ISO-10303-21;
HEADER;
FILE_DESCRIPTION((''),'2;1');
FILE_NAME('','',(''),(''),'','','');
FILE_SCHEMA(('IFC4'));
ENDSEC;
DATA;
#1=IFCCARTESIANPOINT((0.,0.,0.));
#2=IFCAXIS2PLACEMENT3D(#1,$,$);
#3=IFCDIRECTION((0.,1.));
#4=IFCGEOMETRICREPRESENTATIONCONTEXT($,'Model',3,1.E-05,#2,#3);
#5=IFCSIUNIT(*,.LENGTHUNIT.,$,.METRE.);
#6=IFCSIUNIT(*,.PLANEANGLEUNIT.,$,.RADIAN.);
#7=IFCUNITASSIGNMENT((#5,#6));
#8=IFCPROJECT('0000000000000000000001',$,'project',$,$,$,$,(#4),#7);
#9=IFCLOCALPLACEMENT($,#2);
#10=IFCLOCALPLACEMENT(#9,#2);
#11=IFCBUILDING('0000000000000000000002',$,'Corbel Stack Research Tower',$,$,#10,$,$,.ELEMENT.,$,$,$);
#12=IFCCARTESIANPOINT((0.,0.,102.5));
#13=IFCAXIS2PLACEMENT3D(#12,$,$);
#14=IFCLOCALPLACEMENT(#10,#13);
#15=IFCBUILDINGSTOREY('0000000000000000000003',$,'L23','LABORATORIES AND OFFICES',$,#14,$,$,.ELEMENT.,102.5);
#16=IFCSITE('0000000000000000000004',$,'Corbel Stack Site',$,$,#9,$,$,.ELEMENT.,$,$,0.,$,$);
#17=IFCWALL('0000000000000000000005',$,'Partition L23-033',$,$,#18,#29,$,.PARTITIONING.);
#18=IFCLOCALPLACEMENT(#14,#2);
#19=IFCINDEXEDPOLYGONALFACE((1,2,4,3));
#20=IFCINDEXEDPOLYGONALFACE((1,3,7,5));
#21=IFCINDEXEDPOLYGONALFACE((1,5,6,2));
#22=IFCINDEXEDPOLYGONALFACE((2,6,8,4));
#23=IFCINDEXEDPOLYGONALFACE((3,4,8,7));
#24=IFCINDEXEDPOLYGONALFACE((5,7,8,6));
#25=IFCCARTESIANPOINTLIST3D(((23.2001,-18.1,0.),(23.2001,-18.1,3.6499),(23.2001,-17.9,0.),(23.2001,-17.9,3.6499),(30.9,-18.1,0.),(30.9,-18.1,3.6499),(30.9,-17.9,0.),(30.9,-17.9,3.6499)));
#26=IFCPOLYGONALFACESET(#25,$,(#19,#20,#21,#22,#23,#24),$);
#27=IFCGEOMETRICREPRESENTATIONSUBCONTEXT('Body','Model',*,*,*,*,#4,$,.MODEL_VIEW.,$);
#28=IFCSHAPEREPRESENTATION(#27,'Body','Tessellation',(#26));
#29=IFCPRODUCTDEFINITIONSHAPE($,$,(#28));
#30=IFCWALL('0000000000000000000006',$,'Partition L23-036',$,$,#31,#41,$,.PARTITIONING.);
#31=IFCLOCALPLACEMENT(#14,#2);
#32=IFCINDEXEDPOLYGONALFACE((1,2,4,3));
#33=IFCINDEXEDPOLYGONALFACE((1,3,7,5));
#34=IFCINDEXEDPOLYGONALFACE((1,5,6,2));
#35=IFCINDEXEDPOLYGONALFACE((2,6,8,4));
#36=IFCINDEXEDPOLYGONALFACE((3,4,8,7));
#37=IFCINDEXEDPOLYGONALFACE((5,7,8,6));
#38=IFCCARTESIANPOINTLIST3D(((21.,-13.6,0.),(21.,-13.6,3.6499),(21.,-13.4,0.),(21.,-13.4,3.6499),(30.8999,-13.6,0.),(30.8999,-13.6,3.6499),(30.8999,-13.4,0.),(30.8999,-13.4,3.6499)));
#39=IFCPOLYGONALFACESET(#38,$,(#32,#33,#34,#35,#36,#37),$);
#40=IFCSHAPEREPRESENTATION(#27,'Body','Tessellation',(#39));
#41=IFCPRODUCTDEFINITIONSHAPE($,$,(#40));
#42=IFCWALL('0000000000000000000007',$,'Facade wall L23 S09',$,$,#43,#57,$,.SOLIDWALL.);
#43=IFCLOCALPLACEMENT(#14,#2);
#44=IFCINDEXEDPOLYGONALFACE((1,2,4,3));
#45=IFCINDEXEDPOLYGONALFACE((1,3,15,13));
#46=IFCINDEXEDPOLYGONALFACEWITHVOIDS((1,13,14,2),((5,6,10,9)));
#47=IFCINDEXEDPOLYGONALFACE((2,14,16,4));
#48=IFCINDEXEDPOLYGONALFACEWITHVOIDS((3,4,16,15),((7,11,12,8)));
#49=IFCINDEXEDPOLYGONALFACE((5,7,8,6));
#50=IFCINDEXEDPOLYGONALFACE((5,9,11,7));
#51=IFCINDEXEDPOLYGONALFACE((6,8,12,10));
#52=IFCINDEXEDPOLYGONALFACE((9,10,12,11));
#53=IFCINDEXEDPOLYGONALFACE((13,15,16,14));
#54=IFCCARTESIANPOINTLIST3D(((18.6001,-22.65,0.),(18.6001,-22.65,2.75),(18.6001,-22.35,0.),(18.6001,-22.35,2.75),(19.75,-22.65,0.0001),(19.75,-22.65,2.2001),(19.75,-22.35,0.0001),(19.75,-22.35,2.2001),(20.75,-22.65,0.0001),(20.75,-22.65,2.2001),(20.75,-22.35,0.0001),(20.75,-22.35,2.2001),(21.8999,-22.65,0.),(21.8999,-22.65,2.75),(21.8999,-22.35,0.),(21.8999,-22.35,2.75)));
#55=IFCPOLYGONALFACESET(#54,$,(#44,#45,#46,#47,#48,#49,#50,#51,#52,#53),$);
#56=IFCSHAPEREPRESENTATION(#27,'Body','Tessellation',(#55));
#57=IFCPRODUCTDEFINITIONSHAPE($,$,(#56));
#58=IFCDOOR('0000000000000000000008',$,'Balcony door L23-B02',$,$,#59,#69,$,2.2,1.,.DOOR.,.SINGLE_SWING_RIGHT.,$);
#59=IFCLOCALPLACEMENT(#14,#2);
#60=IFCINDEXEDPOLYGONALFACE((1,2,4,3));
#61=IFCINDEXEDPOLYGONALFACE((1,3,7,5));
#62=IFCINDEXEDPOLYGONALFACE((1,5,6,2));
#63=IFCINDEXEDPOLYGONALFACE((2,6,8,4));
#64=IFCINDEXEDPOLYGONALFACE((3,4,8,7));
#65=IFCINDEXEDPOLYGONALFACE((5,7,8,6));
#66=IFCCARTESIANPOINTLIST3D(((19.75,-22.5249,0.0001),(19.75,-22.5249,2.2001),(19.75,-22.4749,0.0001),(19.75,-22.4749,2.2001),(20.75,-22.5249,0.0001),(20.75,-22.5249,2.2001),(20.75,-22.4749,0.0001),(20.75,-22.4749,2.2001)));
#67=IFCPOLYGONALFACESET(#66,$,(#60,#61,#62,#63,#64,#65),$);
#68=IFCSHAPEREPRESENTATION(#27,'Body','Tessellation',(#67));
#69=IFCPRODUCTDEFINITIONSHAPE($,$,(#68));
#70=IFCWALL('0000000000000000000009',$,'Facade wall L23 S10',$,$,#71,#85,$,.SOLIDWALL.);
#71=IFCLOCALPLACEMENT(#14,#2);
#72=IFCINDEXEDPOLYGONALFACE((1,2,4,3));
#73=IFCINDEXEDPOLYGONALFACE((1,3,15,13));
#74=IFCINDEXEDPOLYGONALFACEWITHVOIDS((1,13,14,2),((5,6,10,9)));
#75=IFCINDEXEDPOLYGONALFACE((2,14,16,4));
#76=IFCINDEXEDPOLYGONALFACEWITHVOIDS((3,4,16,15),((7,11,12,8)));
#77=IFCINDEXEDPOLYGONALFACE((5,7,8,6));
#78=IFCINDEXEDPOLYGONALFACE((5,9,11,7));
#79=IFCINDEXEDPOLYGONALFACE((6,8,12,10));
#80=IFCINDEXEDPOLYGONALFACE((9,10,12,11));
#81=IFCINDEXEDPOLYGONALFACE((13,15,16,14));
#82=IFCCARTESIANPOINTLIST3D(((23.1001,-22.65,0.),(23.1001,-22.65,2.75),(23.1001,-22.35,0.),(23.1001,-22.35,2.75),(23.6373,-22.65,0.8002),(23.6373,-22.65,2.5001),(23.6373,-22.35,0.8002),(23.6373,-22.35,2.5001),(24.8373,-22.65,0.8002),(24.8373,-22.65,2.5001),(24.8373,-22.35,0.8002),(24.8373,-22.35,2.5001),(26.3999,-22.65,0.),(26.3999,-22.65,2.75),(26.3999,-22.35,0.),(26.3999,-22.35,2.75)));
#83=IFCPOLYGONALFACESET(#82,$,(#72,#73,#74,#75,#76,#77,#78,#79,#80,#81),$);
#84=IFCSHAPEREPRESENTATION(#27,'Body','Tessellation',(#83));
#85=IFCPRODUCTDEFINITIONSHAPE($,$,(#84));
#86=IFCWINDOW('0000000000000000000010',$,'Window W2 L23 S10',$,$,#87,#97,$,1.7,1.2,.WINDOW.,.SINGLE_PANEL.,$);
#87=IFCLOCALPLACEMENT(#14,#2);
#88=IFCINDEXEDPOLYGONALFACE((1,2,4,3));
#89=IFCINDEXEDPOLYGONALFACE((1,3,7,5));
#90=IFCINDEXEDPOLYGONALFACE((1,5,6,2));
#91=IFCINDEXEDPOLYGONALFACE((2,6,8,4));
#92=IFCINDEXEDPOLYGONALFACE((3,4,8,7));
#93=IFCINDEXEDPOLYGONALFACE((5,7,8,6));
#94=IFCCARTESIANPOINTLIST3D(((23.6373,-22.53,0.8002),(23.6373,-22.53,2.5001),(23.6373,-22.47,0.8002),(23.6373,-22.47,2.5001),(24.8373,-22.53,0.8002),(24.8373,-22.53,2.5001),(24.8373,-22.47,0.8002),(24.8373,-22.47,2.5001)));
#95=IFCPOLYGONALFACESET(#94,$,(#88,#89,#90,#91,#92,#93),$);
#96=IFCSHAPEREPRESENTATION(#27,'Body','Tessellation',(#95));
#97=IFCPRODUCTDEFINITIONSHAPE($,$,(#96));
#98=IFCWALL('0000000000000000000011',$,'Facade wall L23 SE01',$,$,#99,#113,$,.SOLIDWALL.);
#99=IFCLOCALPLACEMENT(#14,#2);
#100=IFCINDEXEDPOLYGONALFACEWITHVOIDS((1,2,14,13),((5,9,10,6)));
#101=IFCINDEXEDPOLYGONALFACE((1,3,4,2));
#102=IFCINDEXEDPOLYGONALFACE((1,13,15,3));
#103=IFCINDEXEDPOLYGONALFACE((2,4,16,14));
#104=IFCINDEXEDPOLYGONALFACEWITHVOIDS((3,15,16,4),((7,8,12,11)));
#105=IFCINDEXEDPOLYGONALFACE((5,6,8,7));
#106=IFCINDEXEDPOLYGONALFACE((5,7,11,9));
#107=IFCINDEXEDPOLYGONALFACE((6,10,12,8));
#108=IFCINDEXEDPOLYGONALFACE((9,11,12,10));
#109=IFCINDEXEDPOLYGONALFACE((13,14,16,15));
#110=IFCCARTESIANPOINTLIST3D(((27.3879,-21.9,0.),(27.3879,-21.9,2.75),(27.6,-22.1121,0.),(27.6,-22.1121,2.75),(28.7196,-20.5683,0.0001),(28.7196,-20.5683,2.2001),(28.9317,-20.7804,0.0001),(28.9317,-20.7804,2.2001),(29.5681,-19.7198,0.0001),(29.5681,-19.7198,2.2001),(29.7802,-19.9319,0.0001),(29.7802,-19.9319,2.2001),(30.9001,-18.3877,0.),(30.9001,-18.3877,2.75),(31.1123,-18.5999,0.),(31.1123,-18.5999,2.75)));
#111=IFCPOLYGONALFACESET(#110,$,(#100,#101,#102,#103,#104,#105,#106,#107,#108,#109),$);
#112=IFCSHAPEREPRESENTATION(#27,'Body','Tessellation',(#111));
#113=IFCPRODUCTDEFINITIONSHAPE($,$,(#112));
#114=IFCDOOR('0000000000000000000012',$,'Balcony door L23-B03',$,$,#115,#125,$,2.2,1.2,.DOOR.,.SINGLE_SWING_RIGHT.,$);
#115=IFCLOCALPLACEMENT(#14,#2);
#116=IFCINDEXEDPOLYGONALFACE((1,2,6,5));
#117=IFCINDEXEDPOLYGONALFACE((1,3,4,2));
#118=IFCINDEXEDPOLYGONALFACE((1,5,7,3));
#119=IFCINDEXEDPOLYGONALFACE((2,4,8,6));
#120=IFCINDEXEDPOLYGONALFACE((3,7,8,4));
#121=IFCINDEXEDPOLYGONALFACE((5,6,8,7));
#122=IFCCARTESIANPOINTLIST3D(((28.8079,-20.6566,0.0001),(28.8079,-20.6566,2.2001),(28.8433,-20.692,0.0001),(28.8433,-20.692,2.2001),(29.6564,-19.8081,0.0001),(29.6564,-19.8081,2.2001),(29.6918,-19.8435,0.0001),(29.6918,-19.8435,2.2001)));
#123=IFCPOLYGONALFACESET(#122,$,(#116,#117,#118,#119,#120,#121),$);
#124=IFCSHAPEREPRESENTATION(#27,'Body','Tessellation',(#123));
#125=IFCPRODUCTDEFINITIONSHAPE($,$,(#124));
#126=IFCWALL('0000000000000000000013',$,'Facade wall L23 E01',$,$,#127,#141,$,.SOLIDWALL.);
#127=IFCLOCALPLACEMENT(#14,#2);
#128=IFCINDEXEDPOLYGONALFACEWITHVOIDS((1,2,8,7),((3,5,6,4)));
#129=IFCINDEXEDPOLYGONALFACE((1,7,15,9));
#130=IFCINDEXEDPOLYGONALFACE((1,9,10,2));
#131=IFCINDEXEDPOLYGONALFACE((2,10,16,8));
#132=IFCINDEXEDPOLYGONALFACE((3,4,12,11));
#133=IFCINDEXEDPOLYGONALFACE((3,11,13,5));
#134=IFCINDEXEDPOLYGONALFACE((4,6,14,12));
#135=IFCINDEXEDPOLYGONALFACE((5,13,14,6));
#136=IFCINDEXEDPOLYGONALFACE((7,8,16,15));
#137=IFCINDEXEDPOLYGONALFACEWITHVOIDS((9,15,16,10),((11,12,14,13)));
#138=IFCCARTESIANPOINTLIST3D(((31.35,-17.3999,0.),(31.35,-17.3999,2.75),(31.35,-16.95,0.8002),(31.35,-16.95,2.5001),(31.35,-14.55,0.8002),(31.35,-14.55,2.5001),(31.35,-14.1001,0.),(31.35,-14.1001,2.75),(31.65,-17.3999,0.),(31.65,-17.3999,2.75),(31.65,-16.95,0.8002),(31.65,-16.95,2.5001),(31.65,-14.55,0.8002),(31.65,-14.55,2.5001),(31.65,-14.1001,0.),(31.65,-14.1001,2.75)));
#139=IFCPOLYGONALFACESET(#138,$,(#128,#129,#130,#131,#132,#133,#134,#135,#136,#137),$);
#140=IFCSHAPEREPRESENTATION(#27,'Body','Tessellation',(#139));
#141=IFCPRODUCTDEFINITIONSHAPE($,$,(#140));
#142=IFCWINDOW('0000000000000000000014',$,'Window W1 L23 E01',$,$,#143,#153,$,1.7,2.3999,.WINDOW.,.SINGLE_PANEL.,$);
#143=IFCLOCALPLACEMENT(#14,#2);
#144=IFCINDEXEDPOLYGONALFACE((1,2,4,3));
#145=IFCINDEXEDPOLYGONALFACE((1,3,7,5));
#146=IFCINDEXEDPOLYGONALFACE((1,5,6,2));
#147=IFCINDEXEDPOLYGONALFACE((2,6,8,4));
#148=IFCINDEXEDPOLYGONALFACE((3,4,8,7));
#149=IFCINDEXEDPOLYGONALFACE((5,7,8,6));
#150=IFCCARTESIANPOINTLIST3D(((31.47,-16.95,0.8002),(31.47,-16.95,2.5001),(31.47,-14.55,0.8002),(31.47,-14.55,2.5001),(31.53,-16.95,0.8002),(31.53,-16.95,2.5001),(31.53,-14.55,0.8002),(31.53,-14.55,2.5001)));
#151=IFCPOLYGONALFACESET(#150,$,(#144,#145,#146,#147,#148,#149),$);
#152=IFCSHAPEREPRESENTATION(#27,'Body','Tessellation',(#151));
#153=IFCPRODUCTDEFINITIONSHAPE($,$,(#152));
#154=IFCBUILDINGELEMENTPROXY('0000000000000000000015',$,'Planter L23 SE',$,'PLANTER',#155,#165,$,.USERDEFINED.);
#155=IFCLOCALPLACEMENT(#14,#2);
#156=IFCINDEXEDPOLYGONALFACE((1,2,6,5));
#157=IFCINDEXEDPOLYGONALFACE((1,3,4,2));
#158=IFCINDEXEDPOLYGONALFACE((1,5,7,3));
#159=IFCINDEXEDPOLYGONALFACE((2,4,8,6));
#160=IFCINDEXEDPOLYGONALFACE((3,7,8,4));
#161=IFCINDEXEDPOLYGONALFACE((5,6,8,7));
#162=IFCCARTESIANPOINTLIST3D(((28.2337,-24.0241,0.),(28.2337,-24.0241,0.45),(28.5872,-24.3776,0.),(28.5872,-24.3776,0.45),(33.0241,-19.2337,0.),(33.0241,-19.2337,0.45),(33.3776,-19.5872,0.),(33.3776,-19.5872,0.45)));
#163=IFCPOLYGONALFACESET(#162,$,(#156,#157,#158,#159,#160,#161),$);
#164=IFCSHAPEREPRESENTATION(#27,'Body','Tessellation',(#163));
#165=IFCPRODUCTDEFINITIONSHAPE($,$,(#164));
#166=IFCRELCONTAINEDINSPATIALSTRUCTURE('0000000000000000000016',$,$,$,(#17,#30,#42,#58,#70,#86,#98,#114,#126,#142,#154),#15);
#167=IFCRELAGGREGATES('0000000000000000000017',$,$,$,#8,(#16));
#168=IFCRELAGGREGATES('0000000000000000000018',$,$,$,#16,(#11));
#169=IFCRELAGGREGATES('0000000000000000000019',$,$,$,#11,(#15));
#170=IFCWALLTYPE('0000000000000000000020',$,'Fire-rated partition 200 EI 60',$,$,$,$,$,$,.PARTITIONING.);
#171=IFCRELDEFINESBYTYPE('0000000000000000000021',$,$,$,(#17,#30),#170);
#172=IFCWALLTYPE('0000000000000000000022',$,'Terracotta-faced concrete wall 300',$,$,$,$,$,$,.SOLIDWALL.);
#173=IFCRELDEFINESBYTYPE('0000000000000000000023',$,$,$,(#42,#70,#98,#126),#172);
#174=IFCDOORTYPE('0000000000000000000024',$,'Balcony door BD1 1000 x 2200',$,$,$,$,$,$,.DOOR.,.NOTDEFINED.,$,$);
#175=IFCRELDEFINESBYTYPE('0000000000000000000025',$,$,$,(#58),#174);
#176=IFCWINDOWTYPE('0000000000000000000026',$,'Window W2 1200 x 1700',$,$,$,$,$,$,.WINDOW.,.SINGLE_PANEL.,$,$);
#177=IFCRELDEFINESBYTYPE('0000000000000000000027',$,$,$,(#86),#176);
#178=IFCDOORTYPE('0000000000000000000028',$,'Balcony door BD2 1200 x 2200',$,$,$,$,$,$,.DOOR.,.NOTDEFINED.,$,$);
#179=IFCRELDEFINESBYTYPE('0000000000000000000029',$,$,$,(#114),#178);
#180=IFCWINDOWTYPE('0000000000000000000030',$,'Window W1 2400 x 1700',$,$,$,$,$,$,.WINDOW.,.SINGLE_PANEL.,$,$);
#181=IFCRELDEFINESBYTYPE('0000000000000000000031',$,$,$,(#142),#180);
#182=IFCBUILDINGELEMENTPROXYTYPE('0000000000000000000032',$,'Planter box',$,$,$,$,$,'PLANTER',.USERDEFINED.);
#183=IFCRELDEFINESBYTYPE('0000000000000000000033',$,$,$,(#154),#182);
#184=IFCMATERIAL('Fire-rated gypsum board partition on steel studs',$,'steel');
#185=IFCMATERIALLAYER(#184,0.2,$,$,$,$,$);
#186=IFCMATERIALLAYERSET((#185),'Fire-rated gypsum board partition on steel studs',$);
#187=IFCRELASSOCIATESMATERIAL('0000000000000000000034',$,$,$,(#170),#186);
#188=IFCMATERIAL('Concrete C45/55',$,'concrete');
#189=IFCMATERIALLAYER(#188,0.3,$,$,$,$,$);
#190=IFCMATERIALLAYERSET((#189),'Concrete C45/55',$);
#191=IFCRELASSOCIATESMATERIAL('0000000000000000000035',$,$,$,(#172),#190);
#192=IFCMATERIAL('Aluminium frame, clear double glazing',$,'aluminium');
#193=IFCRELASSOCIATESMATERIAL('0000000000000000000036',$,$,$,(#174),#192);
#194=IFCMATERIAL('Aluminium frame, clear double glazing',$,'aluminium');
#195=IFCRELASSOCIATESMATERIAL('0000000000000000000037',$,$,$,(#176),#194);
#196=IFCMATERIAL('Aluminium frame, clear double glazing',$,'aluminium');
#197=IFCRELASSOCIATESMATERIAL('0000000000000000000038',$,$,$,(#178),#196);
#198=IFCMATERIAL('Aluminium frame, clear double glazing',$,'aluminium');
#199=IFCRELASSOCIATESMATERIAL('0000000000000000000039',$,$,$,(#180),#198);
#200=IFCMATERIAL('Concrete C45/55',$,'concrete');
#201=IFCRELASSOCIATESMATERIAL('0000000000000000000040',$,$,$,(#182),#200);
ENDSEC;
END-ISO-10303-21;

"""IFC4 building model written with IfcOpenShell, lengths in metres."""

from ifc_helpers import new_model, si_unit, direction, frame, frame_2d, origin, origin_2d, place, context, subcontext, project, spatial, rectangle, extrude, material, layer, layer_set, type_object, element, fill, save


model = new_model("IFC4")

# Units and contexts
model_context = context("Model", 3, precision=1e-05, world=origin(), true_north=direction((0.0, 1.0)))
body_context = subcontext(model_context, "Body", "Model", "MODEL_VIEW")
ifc_project = project(units=[si_unit("LENGTHUNIT", "METRE"), si_unit("PLANEANGLEUNIT", "RADIAN")], contexts=[model_context])

# Site, building, storey
site_placement = place(None, origin())
site = spatial("IfcSite", under=ifc_project, at=site_placement, Name="Corbel Stack Site", CompositionType="ELEMENT", RefElevation=0.0)
building_placement = place(site_placement, origin())
building = spatial("IfcBuilding", under=site, at=building_placement, Name="Corbel Stack Research Tower", CompositionType="ELEMENT")
storey_placement = place(building_placement, frame((0.0, 0.0, 102.5)))
storey = spatial("IfcBuildingStorey", under=building, at=storey_placement, Name="L23", Description="LABORATORIES AND OFFICES", CompositionType="ELEMENT", Elevation=102.5)

# Shared definitions
ifc_material_1 = material(Name="Fire-rated gypsum board partition on steel studs", Category="steel")
ifc_layer_1 = layer(ifc_material_1, 0.2)
ifc_layer_set_1 = layer_set([ifc_layer_1], Name="Fire-rated gypsum board partition on steel studs")
wall_type_1 = type_object("IfcWallType", Name="Fire-rated partition 200 EI 60", PredefinedType="PARTITIONING", material=ifc_layer_set_1)

# Walls
wall_1_placement = place(storey_placement, frame((23.2, -18.0, 0.0), z_axis=(0.0, 0.0, 1.0), x_axis=(1.0, 0.0, 0.0)))
element("IfcWall", 1, at=wall_1_placement, inside=storey, type_object=wall_type_1, Name="Partition L23-033", PredefinedType="PARTITIONING", context=body_context, shape_type="SweptSolid", body=[
    extrude(rectangle(XDim=7.7, YDim=0.2, at=frame_2d((3.8501, 0.0))), origin(), (0.0, 0.0, 1.0), 3.6499),
])
wall_2_placement = place(storey_placement, frame((21.0, -13.5, 0.0), z_axis=(0.0, 0.0, 1.0), x_axis=(1.0, 0.0, 0.0)))
element("IfcWall", 2, at=wall_2_placement, inside=storey, type_object=wall_type_1, Name="Partition L23-036", PredefinedType="PARTITIONING", context=body_context, shape_type="SweptSolid", body=[
    extrude(rectangle(XDim=9.8999, YDim=0.2, at=frame_2d((4.95, 0.0))), origin(), (0.0, 0.0, 1.0), 3.6499),
])

# Wall, opening, door
ifc_material_2 = material(Name="Concrete C45/55", Category="concrete")
ifc_layer_2 = layer(ifc_material_2, 0.3)
ifc_layer_set_2 = layer_set([ifc_layer_2], Name="Concrete C45/55")
wall_type_2 = type_object("IfcWallType", Name="Terracotta-faced concrete wall 300", PredefinedType="SOLIDWALL", material=ifc_layer_set_2)
wall_3_placement = place(storey_placement, frame((21.8999, -22.5, 0.0), z_axis=(0.0, 0.0, 1.0), x_axis=(-1.0, 0.0, 0.0)))
wall_3 = element("IfcWall", 3, at=wall_3_placement, inside=storey, type_object=wall_type_2, Name="Facade wall L23 S09", PredefinedType="SOLIDWALL", context=body_context, shape_type="SweptSolid", body=[
    extrude(rectangle(XDim=3.2998, YDim=0.3, at=frame_2d((1.6499, 0.0))), origin(), (0.0, 0.0, 1.0), 2.75),
])
opening_1_placement = place(wall_3_placement, frame((1.1499, 0.0, 0.0)))
opening_1 = element("IfcOpeningElement", 4, at=opening_1_placement, cuts=wall_3, PredefinedType="OPENING", context=body_context, shape_type="SweptSolid", body=[
    extrude(rectangle(XDim=1.0, YDim=2.2, at=frame_2d((0.5, 1.1001))), frame((0.0, 0.1599, 0.0), z_axis=(0.0, -1.0, 0.0), x_axis=(1.0, 0.0, 0.0)), (0.0, 0.0, 1.0), 0.3201),
])
ifc_material_3 = material(Name="Aluminium frame, clear double glazing", Category="aluminium")
door_type_1 = type_object("IfcDoorType", Name="Balcony door BD1 1000 x 2200", OperationType="NOTDEFINED", PredefinedType="DOOR", material=ifc_material_3)
door_1_placement = place(opening_1_placement, origin())
door_1 = element("IfcDoor", 5, at=door_1_placement, inside=storey, type_object=door_type_1, Name="Balcony door L23-B02", OperationType="SINGLE_SWING_RIGHT", OverallHeight=2.2, OverallWidth=1.0, PredefinedType="DOOR", context=body_context, shape_type="SweptSolid", body=[
    extrude(rectangle(XDim=1.0, YDim=2.2, at=frame_2d((0.5, 1.1001))), frame((0.0, 0.0249, 0.0), z_axis=(0.0, -1.0, 0.0), x_axis=(1.0, 0.0, 0.0)), (0.0, 0.0, 1.0), 0.05),
])
fill(opening_1, door_1)

# Wall, opening, window
wall_4_placement = place(storey_placement, frame((26.3999, -22.5, 0.0), z_axis=(0.0, 0.0, 1.0), x_axis=(-1.0, 0.0, 0.0)))
wall_4 = element("IfcWall", 6, at=wall_4_placement, inside=storey, type_object=wall_type_2, Name="Facade wall L23 S10", PredefinedType="SOLIDWALL", context=body_context, shape_type="SweptSolid", body=[
    extrude(rectangle(XDim=3.2998, YDim=0.3, at=frame_2d((1.6499, 0.0))), origin(), (0.0, 0.0, 1.0), 2.75),
])
opening_2_placement = place(wall_4_placement, frame((1.5625, 0.0, 0.8)))
opening_2 = element("IfcOpeningElement", 7, at=opening_2_placement, cuts=wall_4, PredefinedType="OPENING", context=body_context, shape_type="SweptSolid", body=[
    extrude(rectangle(XDim=1.2, YDim=1.7, at=frame_2d((0.6001, 0.8501))), frame((0.0, 0.1599, 0.0), z_axis=(0.0, -1.0, 0.0), x_axis=(1.0, 0.0, 0.0)), (0.0, 0.0, 1.0), 0.3201),
])
ifc_material_4 = material(Name="Aluminium frame, clear double glazing", Category="aluminium")
window_type_1 = type_object("IfcWindowType", Name="Window W2 1200 x 1700", PartitioningType="SINGLE_PANEL", PredefinedType="WINDOW", material=ifc_material_4)
window_1_placement = place(opening_2_placement, origin())
window_1 = element("IfcWindow", 8, at=window_1_placement, inside=storey, type_object=window_type_1, Name="Window W2 L23 S10", OverallHeight=1.7, OverallWidth=1.2, PartitioningType="SINGLE_PANEL", PredefinedType="WINDOW", context=body_context, shape_type="SweptSolid", body=[
    extrude(rectangle(XDim=1.2, YDim=1.7, at=frame_2d((0.6001, 0.8501))), frame((0.0, 0.03, 0.0), z_axis=(0.0, -1.0, 0.0), x_axis=(1.0, 0.0, 0.0)), (0.0, 0.0, 1.0), 0.0601),
])
fill(opening_2, window_1)

# Wall, opening, door
wall_5_placement = place(storey_placement, frame((31.0061, -18.4939, 0.0), z_axis=(0.0, 0.0, 1.0), x_axis=(-0.707107, -0.707107, 0.0)))
wall_5 = element("IfcWall", 9, at=wall_5_placement, inside=storey, type_object=wall_type_2, Name="Facade wall L23 SE01", PredefinedType="SOLIDWALL", context=body_context, shape_type="SweptSolid", body=[
    extrude(rectangle(XDim=4.967, YDim=0.3, at=frame_2d((2.4834, 0.0))), origin(), (0.0, 0.0, 1.0), 2.75),
])
opening_3_placement = place(wall_5_placement, frame((1.8835, 0.0, 0.0)))
opening_3 = element("IfcOpeningElement", 10, at=opening_3_placement, cuts=wall_5, PredefinedType="OPENING", context=body_context, shape_type="SweptSolid", body=[
    extrude(rectangle(XDim=1.2, YDim=2.2, at=frame_2d((0.6001, 1.1001))), frame((0.0, 0.1599, 0.0), z_axis=(0.0, -1.0, 0.0), x_axis=(1.0, 0.0, 0.0)), (0.0, 0.0, 1.0), 0.3201),
])
ifc_material_5 = material(Name="Aluminium frame, clear double glazing", Category="aluminium")
door_type_2 = type_object("IfcDoorType", Name="Balcony door BD2 1200 x 2200", OperationType="NOTDEFINED", PredefinedType="DOOR", material=ifc_material_5)
door_2_placement = place(opening_3_placement, origin())
door_2 = element("IfcDoor", 11, at=door_2_placement, inside=storey, type_object=door_type_2, Name="Balcony door L23-B03", OperationType="SINGLE_SWING_RIGHT", OverallHeight=2.2, OverallWidth=1.2, PredefinedType="DOOR", context=body_context, shape_type="SweptSolid", body=[
    extrude(rectangle(XDim=1.2, YDim=2.2, at=frame_2d((0.6001, 1.1001))), frame((0.0, 0.0249, 0.0), z_axis=(0.0, -1.0, 0.0), x_axis=(1.0, 0.0, 0.0)), (0.0, 0.0, 1.0), 0.05),
])
fill(opening_3, door_2)

# Wall, opening, window
wall_6_placement = place(storey_placement, frame((31.5, -14.1001, 0.0), z_axis=(0.0, 0.0, 1.0), x_axis=(0.0, -1.0, 0.0)))
wall_6 = element("IfcWall", 12, at=wall_6_placement, inside=storey, type_object=wall_type_2, Name="Facade wall L23 E01", PredefinedType="SOLIDWALL", context=body_context, shape_type="SweptSolid", body=[
    extrude(rectangle(XDim=3.2998, YDim=0.3, at=frame_2d((1.6499, 0.0))), origin(), (0.0, 0.0, 1.0), 2.75),
])
opening_4_placement = place(wall_6_placement, frame((0.45, 0.0, 0.8)))
opening_4 = element("IfcOpeningElement", 13, at=opening_4_placement, cuts=wall_6, PredefinedType="OPENING", context=body_context, shape_type="SweptSolid", body=[
    extrude(rectangle(XDim=2.3999, YDim=1.7, at=frame_2d((1.2, 0.8501))), frame((0.0, 0.1599, 0.0), z_axis=(0.0, -1.0, 0.0), x_axis=(1.0, 0.0, 0.0)), (0.0, 0.0, 1.0), 0.3201),
])
ifc_material_6 = material(Name="Aluminium frame, clear double glazing", Category="aluminium")
window_type_2 = type_object("IfcWindowType", Name="Window W1 2400 x 1700", PartitioningType="SINGLE_PANEL", PredefinedType="WINDOW", material=ifc_material_6)
window_2_placement = place(opening_4_placement, origin())
window_2 = element("IfcWindow", 14, at=window_2_placement, inside=storey, type_object=window_type_2, Name="Window W1 L23 E01", OverallHeight=1.7, OverallWidth=2.3999, PartitioningType="SINGLE_PANEL", PredefinedType="WINDOW", context=body_context, shape_type="SweptSolid", body=[
    extrude(rectangle(XDim=2.3999, YDim=1.7, at=frame_2d((1.2, 0.8501))), frame((0.0, 0.03, 0.0), z_axis=(0.0, -1.0, 0.0), x_axis=(1.0, 0.0, 0.0)), (0.0, 0.0, 1.0), 0.0601),
])
fill(opening_4, window_2)

# Building element proxy
ifc_material_7 = material(Name="Concrete C45/55", Category="concrete")
building_element_proxy_type = type_object("IfcBuildingElementProxyType", Name="Planter box", ElementType="PLANTER", PredefinedType="USERDEFINED", material=ifc_material_7)
proxy_placement = place(storey_placement, frame((30.8057, -21.8057, 0.0), z_axis=(0.0, 0.0, 1.0), x_axis=(0.707107, 0.707107, 0.0)))
element("IfcBuildingElementProxy", 15, at=proxy_placement, inside=storey, type_object=building_element_proxy_type, Name="Planter L23 SE", ObjectType="PLANTER", PredefinedType="USERDEFINED", context=body_context, shape_type="SweptSolid", body=[
    extrude(rectangle(XDim=6.7747, YDim=0.5, at=origin_2d()), origin(), (0.0, 0.0, 1.0), 0.45),
])

save(model, "model.ifc")
